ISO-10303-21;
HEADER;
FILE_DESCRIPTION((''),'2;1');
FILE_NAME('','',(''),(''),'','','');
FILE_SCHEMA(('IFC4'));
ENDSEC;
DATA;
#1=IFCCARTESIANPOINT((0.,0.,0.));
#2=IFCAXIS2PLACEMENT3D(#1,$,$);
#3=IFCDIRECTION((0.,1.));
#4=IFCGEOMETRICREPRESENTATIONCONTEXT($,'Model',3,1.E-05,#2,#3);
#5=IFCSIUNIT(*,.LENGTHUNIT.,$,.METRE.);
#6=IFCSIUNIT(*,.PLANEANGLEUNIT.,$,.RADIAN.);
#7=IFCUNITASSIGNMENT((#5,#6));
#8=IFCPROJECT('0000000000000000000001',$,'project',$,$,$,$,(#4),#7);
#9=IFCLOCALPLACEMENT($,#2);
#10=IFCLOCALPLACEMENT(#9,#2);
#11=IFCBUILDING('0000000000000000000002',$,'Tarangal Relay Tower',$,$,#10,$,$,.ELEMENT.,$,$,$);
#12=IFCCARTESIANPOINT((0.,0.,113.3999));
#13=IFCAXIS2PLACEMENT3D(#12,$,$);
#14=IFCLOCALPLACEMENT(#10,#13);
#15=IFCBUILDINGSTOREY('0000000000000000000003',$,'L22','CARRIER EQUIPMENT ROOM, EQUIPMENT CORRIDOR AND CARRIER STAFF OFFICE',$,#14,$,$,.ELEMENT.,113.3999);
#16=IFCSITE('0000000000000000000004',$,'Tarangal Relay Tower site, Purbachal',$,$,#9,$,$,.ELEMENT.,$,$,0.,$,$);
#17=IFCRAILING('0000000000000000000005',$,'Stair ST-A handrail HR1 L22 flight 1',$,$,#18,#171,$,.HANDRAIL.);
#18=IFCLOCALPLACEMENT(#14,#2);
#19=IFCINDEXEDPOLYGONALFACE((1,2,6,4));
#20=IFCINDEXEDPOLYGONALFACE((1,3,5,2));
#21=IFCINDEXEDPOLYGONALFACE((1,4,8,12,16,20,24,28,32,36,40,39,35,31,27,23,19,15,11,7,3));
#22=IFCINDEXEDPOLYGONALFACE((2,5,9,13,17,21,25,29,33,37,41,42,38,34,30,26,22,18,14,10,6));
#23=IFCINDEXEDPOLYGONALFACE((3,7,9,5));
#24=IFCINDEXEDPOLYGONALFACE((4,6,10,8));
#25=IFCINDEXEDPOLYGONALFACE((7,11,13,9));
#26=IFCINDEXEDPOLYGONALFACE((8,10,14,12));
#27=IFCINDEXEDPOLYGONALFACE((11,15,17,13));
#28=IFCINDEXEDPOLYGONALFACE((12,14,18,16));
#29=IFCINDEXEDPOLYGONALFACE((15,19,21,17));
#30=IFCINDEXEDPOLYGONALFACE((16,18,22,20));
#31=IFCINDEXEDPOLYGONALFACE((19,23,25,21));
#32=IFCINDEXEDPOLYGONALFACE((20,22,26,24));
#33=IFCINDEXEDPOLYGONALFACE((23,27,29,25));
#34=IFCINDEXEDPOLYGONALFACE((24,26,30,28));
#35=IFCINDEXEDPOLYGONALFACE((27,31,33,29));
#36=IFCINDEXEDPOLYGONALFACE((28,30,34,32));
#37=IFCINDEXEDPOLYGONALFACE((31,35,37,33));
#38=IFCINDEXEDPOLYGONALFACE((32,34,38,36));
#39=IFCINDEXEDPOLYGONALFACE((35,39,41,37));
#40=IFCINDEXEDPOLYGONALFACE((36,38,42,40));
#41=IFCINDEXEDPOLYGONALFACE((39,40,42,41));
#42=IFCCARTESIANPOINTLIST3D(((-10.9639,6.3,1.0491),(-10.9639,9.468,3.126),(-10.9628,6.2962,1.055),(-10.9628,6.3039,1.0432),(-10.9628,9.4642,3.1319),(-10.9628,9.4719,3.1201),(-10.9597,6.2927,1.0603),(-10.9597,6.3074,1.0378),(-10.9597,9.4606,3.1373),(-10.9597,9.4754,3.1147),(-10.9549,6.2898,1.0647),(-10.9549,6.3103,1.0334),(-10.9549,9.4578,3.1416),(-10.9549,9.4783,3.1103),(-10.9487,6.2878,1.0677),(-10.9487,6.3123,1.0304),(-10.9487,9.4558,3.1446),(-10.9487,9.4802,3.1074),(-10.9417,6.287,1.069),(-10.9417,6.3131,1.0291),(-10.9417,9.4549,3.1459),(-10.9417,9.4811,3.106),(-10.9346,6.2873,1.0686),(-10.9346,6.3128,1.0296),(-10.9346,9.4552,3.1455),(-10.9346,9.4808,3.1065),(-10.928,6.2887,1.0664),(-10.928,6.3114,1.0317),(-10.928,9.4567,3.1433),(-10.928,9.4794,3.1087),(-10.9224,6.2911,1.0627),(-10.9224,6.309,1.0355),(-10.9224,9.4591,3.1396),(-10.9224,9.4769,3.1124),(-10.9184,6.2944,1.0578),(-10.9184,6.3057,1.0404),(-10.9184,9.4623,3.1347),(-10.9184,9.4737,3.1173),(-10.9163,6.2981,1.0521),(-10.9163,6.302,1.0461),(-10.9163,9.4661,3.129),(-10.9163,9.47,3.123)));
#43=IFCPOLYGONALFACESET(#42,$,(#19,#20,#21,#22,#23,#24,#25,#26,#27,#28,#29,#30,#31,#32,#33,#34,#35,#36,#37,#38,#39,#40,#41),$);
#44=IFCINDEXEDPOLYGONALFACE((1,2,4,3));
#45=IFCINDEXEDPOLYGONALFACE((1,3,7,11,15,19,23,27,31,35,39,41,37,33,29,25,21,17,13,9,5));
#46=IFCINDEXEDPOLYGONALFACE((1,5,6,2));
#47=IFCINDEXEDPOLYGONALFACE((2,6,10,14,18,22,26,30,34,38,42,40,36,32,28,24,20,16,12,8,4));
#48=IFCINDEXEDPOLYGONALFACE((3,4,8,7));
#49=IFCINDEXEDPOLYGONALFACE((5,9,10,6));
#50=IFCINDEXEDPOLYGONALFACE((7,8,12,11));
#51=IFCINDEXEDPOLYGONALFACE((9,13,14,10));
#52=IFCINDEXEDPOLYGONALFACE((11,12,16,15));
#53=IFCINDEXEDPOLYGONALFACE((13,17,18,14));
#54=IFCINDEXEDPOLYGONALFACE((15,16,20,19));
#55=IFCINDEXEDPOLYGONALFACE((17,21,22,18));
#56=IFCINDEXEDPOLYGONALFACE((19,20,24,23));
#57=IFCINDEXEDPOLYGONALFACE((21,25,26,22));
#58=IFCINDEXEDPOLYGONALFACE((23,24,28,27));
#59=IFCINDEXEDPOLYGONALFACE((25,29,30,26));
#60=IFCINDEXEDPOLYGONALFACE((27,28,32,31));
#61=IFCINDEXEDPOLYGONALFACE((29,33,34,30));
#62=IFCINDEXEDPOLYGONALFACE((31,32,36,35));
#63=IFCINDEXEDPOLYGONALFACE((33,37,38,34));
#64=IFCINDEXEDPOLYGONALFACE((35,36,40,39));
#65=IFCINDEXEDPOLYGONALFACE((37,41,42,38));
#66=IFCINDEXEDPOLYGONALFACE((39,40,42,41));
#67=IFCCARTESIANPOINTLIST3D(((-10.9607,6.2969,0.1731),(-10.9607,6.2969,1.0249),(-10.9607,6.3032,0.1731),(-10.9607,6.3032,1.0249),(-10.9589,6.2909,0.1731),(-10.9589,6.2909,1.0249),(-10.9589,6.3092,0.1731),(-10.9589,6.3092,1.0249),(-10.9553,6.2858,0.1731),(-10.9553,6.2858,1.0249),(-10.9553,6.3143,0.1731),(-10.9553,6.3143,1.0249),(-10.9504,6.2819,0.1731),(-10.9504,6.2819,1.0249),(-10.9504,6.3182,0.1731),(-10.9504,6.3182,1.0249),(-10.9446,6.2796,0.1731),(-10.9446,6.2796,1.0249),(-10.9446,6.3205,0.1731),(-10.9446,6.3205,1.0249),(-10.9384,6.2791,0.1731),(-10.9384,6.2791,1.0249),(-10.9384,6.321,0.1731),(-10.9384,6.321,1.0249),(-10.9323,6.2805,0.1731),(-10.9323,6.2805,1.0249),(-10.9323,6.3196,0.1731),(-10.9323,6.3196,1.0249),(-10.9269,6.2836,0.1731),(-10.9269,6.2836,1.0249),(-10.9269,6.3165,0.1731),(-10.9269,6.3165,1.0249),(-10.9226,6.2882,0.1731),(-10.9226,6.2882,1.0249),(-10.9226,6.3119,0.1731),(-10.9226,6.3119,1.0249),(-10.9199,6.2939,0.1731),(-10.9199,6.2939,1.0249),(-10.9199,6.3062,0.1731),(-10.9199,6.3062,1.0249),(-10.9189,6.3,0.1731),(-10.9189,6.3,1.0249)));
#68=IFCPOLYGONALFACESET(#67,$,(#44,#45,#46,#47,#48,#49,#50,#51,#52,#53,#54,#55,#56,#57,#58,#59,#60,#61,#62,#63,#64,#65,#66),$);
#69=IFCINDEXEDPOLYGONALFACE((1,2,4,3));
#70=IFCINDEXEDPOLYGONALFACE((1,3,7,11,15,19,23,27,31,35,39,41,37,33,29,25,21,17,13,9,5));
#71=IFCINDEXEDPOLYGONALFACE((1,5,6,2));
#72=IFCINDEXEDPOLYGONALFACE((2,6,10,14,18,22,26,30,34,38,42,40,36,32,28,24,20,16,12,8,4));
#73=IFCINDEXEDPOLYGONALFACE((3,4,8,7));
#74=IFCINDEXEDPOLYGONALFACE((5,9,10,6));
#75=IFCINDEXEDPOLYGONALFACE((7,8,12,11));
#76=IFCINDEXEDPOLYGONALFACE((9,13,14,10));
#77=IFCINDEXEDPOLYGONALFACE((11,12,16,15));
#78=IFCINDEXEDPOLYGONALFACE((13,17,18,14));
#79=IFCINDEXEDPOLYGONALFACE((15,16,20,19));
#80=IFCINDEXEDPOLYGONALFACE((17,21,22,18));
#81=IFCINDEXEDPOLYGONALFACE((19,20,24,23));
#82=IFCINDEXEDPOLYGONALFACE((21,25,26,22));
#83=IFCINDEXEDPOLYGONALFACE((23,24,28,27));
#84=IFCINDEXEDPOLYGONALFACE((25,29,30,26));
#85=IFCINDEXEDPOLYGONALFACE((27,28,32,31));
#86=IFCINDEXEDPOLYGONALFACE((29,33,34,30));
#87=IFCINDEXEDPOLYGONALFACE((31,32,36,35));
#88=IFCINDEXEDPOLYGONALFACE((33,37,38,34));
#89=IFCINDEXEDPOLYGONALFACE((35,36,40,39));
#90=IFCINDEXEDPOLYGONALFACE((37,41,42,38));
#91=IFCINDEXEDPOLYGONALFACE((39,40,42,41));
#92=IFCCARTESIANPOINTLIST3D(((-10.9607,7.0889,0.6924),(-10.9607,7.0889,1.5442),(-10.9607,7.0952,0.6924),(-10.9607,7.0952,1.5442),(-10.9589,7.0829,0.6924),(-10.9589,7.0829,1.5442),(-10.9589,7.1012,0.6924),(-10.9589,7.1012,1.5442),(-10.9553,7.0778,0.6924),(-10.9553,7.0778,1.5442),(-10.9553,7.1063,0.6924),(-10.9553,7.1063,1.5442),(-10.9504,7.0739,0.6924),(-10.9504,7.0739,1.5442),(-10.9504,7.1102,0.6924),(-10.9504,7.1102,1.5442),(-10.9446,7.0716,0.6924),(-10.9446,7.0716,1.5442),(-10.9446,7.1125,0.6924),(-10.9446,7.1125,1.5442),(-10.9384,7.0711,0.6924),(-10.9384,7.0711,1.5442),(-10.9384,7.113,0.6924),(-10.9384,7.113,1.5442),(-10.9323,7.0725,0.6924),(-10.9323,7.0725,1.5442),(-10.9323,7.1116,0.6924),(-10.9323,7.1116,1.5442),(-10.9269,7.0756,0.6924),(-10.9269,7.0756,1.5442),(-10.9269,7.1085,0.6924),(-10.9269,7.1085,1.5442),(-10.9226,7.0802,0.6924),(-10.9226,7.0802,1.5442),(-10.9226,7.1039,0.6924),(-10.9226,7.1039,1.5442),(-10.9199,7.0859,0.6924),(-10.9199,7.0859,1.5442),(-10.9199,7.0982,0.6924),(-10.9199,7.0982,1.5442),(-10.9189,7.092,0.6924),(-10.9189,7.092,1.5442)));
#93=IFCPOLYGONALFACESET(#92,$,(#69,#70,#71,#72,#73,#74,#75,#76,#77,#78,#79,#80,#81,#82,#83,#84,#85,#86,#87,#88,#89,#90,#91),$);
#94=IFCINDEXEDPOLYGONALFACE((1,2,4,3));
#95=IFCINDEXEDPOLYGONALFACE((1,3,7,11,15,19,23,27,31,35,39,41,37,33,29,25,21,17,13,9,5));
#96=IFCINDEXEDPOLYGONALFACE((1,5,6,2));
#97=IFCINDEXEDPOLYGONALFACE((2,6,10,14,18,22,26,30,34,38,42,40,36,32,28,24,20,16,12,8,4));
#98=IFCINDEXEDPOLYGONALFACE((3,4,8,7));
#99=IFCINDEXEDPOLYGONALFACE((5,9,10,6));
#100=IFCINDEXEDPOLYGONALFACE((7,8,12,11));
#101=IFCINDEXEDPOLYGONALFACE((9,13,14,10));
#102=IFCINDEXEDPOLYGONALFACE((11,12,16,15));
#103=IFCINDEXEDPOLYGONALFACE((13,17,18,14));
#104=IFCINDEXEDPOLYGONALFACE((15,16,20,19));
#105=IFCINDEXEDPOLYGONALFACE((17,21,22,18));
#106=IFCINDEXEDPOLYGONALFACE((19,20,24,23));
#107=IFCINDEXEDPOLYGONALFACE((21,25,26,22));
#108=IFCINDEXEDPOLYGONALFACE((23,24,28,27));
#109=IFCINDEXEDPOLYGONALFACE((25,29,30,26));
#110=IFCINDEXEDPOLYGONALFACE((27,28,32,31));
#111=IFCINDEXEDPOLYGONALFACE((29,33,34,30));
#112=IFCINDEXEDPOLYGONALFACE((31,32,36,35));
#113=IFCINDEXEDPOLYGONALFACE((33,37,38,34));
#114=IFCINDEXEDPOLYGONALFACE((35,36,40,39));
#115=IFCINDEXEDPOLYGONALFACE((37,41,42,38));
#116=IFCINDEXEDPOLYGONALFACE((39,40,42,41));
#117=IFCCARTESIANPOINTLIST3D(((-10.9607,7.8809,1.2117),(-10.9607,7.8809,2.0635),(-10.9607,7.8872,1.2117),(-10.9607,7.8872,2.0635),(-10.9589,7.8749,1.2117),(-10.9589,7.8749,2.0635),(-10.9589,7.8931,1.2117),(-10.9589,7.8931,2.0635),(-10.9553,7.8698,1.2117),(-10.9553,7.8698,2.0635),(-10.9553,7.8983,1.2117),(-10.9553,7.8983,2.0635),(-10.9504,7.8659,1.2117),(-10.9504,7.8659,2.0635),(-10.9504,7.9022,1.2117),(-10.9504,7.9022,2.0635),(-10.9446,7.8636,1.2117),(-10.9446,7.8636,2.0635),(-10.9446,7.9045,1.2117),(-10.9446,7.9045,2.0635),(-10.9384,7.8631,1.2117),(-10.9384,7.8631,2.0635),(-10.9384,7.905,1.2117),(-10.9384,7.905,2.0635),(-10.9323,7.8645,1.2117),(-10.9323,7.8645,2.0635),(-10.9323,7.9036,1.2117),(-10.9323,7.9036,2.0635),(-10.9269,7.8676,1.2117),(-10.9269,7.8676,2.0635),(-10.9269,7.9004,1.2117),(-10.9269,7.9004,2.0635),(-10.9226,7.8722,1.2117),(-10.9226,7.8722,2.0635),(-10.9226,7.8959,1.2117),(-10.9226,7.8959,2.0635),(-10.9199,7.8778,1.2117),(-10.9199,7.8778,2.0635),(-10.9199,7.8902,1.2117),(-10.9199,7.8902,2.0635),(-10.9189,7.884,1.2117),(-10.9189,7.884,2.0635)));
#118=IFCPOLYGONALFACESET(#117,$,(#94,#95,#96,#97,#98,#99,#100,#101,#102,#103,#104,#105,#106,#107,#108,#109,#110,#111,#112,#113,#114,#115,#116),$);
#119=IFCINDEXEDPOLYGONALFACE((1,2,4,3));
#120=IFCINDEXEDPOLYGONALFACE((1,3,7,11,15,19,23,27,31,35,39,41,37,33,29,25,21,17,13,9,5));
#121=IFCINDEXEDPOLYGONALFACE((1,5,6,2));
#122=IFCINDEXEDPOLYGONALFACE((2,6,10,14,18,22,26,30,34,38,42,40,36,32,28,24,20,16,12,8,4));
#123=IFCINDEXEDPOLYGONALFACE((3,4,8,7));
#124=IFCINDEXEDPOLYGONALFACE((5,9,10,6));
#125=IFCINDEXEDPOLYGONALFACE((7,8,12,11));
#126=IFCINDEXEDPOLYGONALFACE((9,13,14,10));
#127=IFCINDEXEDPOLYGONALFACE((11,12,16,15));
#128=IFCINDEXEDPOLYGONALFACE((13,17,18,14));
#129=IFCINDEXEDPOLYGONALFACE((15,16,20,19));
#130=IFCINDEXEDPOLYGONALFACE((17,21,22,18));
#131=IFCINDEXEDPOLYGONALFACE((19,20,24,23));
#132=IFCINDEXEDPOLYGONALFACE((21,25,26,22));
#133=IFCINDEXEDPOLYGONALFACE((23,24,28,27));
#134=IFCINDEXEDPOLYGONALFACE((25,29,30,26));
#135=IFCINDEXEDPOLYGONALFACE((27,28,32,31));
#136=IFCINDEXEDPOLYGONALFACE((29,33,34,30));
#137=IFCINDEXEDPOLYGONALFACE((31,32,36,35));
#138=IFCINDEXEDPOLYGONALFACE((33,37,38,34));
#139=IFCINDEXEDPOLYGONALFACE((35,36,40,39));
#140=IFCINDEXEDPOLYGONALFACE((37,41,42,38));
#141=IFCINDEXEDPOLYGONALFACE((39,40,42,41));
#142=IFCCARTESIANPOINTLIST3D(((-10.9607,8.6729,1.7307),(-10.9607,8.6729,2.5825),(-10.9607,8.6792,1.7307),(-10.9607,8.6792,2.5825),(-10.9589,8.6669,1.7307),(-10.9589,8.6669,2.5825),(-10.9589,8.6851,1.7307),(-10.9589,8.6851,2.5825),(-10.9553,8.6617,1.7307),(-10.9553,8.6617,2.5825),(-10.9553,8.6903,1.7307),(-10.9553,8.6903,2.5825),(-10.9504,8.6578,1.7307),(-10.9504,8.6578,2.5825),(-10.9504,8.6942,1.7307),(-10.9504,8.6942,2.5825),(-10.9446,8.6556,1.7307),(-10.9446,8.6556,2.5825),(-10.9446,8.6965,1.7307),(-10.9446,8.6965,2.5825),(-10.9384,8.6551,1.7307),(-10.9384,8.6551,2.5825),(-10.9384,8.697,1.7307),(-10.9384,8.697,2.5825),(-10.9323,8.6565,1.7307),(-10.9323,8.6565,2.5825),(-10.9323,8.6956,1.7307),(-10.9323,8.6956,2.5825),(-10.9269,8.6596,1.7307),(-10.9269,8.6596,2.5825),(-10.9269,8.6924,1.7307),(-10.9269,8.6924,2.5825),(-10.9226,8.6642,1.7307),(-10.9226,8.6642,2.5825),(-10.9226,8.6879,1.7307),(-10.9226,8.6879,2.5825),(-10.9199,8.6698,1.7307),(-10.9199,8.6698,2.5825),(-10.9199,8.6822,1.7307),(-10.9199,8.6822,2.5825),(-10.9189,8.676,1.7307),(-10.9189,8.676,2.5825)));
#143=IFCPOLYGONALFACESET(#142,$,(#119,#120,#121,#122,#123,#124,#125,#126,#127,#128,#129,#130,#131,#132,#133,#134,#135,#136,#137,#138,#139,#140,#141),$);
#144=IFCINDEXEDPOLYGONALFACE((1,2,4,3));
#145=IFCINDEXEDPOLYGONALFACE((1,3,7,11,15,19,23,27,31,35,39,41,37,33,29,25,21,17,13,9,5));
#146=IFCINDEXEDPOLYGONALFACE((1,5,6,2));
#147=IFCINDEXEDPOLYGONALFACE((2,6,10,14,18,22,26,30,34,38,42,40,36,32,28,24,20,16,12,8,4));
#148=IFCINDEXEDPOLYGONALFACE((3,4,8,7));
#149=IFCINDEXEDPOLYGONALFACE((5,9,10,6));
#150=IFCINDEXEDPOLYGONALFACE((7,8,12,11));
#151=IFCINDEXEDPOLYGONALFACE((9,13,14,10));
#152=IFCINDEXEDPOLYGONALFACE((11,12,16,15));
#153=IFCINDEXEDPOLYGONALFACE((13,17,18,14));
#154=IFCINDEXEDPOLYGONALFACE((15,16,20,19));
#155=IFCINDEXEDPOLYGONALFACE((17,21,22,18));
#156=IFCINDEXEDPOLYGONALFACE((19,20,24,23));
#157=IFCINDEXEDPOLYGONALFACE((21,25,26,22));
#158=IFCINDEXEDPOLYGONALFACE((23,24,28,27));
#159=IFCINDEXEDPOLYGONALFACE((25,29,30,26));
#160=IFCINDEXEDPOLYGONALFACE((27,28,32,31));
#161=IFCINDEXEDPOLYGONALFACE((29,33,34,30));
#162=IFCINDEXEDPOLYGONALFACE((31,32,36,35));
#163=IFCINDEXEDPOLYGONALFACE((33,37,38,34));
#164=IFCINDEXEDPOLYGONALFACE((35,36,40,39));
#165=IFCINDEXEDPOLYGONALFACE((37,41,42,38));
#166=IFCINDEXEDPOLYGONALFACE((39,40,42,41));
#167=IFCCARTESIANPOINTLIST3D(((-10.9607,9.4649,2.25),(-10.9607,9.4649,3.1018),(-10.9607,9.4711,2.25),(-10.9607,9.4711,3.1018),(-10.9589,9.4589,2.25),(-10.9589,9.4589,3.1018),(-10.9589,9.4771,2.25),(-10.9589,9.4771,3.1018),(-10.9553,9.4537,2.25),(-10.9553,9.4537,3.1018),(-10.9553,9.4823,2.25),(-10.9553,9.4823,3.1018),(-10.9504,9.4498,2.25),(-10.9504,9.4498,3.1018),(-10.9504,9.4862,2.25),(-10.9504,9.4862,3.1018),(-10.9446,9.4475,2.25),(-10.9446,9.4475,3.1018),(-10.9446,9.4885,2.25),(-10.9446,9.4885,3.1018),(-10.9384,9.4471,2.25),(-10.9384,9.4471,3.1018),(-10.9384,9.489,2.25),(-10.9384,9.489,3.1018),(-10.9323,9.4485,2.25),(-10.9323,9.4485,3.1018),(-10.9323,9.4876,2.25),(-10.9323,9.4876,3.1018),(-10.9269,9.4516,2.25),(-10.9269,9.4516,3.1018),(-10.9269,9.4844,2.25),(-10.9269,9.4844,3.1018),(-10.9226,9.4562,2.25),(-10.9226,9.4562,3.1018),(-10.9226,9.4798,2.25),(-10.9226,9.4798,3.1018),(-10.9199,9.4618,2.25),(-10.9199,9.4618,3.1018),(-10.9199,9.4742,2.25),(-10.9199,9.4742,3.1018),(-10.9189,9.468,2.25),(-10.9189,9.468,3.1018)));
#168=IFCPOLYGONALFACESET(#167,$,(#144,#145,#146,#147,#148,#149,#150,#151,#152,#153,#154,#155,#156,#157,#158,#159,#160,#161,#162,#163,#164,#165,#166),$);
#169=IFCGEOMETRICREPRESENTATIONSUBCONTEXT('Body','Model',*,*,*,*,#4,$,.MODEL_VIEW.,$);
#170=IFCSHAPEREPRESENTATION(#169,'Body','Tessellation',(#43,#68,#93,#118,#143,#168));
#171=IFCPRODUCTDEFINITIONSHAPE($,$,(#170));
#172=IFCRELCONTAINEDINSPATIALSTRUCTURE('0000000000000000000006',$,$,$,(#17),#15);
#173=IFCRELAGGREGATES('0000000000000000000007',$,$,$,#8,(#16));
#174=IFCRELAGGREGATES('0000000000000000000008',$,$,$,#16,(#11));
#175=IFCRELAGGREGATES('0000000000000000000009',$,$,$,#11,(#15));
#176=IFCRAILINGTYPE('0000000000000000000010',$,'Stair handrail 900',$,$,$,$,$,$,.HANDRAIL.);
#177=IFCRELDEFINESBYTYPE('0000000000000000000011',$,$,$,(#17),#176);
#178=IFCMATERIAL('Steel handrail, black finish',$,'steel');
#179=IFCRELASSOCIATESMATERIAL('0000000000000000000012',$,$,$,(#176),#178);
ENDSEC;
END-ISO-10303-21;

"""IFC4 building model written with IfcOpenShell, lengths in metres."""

from ifc_helpers import new_model, si_unit, direction, frame, origin, origin_2d, place, context, subcontext, project, spatial, circle, extrude, material, type_object, element, save


model = new_model("IFC4")

# Units and contexts
model_context = context("Model", 3, precision=1e-05, world=origin(), true_north=direction((0.0, 1.0)))
body_context = subcontext(model_context, "Body", "Model", "MODEL_VIEW")
ifc_project = project(units=[si_unit("LENGTHUNIT", "METRE"), si_unit("PLANEANGLEUNIT", "RADIAN")], contexts=[model_context])

# Site, building, storey
site_placement = place(None, origin())
site = spatial("IfcSite", under=ifc_project, at=site_placement, Name="Tarangal Relay Tower site, Purbachal", CompositionType="ELEMENT", RefElevation=0.0)
building_placement = place(site_placement, origin())
building = spatial("IfcBuilding", under=site, at=building_placement, Name="Tarangal Relay Tower", CompositionType="ELEMENT")
storey_placement = place(building_placement, frame((0.0, 0.0, 113.3999)))
storey = spatial("IfcBuildingStorey", under=building, at=storey_placement, Name="L22", Description="CARRIER EQUIPMENT ROOM, EQUIPMENT CORRIDOR AND CARRIER STAFF OFFICE", CompositionType="ELEMENT", Elevation=113.3999)

# Railing
ifc_material_1 = material(Name="Steel handrail, black finish", Category="steel")
railing_type = type_object("IfcRailingType", Name="Stair handrail 900", PredefinedType="HANDRAIL", material=ifc_material_1)
railing_placement = place(storey_placement, frame((-10.9399, 6.3, 0.1731)))
element("IfcRailing", 1, at=railing_placement, inside=storey, type_object=railing_type, Name="Stair ST-A handrail HR1 L22 flight 1", PredefinedType="HANDRAIL", context=body_context, shape_type="SweptSolid", body=[
    extrude(circle(Radius=0.0239, at=origin_2d()), frame((0.0, 0.0, 0.876), z_axis=(0.0, 0.836299, 0.548273), x_axis=(-1.0, 0.0, 0.0)), (0.0, 0.0, 1.0), 3.7881),
    extrude(circle(Radius=0.021, at=origin_2d()), origin(), (0.0, 0.0, 1.0), 0.8518),
    extrude(circle(Radius=0.021, at=origin_2d()), frame((0.0, 0.792, 0.5193)), (0.0, 0.0, 1.0), 0.8518),
    extrude(circle(Radius=0.021, at=origin_2d()), frame((0.0, 1.584, 1.0386)), (0.0, 0.0, 1.0), 0.8518),
    extrude(circle(Radius=0.021, at=origin_2d()), frame((0.0, 2.376, 1.5576)), (0.0, 0.0, 1.0), 0.8518),
    extrude(circle(Radius=0.021, at=origin_2d()), frame((0.0, 3.168, 2.0769)), (0.0, 0.0, 1.0), 0.8518),
])

save(model, "model.ifc")
